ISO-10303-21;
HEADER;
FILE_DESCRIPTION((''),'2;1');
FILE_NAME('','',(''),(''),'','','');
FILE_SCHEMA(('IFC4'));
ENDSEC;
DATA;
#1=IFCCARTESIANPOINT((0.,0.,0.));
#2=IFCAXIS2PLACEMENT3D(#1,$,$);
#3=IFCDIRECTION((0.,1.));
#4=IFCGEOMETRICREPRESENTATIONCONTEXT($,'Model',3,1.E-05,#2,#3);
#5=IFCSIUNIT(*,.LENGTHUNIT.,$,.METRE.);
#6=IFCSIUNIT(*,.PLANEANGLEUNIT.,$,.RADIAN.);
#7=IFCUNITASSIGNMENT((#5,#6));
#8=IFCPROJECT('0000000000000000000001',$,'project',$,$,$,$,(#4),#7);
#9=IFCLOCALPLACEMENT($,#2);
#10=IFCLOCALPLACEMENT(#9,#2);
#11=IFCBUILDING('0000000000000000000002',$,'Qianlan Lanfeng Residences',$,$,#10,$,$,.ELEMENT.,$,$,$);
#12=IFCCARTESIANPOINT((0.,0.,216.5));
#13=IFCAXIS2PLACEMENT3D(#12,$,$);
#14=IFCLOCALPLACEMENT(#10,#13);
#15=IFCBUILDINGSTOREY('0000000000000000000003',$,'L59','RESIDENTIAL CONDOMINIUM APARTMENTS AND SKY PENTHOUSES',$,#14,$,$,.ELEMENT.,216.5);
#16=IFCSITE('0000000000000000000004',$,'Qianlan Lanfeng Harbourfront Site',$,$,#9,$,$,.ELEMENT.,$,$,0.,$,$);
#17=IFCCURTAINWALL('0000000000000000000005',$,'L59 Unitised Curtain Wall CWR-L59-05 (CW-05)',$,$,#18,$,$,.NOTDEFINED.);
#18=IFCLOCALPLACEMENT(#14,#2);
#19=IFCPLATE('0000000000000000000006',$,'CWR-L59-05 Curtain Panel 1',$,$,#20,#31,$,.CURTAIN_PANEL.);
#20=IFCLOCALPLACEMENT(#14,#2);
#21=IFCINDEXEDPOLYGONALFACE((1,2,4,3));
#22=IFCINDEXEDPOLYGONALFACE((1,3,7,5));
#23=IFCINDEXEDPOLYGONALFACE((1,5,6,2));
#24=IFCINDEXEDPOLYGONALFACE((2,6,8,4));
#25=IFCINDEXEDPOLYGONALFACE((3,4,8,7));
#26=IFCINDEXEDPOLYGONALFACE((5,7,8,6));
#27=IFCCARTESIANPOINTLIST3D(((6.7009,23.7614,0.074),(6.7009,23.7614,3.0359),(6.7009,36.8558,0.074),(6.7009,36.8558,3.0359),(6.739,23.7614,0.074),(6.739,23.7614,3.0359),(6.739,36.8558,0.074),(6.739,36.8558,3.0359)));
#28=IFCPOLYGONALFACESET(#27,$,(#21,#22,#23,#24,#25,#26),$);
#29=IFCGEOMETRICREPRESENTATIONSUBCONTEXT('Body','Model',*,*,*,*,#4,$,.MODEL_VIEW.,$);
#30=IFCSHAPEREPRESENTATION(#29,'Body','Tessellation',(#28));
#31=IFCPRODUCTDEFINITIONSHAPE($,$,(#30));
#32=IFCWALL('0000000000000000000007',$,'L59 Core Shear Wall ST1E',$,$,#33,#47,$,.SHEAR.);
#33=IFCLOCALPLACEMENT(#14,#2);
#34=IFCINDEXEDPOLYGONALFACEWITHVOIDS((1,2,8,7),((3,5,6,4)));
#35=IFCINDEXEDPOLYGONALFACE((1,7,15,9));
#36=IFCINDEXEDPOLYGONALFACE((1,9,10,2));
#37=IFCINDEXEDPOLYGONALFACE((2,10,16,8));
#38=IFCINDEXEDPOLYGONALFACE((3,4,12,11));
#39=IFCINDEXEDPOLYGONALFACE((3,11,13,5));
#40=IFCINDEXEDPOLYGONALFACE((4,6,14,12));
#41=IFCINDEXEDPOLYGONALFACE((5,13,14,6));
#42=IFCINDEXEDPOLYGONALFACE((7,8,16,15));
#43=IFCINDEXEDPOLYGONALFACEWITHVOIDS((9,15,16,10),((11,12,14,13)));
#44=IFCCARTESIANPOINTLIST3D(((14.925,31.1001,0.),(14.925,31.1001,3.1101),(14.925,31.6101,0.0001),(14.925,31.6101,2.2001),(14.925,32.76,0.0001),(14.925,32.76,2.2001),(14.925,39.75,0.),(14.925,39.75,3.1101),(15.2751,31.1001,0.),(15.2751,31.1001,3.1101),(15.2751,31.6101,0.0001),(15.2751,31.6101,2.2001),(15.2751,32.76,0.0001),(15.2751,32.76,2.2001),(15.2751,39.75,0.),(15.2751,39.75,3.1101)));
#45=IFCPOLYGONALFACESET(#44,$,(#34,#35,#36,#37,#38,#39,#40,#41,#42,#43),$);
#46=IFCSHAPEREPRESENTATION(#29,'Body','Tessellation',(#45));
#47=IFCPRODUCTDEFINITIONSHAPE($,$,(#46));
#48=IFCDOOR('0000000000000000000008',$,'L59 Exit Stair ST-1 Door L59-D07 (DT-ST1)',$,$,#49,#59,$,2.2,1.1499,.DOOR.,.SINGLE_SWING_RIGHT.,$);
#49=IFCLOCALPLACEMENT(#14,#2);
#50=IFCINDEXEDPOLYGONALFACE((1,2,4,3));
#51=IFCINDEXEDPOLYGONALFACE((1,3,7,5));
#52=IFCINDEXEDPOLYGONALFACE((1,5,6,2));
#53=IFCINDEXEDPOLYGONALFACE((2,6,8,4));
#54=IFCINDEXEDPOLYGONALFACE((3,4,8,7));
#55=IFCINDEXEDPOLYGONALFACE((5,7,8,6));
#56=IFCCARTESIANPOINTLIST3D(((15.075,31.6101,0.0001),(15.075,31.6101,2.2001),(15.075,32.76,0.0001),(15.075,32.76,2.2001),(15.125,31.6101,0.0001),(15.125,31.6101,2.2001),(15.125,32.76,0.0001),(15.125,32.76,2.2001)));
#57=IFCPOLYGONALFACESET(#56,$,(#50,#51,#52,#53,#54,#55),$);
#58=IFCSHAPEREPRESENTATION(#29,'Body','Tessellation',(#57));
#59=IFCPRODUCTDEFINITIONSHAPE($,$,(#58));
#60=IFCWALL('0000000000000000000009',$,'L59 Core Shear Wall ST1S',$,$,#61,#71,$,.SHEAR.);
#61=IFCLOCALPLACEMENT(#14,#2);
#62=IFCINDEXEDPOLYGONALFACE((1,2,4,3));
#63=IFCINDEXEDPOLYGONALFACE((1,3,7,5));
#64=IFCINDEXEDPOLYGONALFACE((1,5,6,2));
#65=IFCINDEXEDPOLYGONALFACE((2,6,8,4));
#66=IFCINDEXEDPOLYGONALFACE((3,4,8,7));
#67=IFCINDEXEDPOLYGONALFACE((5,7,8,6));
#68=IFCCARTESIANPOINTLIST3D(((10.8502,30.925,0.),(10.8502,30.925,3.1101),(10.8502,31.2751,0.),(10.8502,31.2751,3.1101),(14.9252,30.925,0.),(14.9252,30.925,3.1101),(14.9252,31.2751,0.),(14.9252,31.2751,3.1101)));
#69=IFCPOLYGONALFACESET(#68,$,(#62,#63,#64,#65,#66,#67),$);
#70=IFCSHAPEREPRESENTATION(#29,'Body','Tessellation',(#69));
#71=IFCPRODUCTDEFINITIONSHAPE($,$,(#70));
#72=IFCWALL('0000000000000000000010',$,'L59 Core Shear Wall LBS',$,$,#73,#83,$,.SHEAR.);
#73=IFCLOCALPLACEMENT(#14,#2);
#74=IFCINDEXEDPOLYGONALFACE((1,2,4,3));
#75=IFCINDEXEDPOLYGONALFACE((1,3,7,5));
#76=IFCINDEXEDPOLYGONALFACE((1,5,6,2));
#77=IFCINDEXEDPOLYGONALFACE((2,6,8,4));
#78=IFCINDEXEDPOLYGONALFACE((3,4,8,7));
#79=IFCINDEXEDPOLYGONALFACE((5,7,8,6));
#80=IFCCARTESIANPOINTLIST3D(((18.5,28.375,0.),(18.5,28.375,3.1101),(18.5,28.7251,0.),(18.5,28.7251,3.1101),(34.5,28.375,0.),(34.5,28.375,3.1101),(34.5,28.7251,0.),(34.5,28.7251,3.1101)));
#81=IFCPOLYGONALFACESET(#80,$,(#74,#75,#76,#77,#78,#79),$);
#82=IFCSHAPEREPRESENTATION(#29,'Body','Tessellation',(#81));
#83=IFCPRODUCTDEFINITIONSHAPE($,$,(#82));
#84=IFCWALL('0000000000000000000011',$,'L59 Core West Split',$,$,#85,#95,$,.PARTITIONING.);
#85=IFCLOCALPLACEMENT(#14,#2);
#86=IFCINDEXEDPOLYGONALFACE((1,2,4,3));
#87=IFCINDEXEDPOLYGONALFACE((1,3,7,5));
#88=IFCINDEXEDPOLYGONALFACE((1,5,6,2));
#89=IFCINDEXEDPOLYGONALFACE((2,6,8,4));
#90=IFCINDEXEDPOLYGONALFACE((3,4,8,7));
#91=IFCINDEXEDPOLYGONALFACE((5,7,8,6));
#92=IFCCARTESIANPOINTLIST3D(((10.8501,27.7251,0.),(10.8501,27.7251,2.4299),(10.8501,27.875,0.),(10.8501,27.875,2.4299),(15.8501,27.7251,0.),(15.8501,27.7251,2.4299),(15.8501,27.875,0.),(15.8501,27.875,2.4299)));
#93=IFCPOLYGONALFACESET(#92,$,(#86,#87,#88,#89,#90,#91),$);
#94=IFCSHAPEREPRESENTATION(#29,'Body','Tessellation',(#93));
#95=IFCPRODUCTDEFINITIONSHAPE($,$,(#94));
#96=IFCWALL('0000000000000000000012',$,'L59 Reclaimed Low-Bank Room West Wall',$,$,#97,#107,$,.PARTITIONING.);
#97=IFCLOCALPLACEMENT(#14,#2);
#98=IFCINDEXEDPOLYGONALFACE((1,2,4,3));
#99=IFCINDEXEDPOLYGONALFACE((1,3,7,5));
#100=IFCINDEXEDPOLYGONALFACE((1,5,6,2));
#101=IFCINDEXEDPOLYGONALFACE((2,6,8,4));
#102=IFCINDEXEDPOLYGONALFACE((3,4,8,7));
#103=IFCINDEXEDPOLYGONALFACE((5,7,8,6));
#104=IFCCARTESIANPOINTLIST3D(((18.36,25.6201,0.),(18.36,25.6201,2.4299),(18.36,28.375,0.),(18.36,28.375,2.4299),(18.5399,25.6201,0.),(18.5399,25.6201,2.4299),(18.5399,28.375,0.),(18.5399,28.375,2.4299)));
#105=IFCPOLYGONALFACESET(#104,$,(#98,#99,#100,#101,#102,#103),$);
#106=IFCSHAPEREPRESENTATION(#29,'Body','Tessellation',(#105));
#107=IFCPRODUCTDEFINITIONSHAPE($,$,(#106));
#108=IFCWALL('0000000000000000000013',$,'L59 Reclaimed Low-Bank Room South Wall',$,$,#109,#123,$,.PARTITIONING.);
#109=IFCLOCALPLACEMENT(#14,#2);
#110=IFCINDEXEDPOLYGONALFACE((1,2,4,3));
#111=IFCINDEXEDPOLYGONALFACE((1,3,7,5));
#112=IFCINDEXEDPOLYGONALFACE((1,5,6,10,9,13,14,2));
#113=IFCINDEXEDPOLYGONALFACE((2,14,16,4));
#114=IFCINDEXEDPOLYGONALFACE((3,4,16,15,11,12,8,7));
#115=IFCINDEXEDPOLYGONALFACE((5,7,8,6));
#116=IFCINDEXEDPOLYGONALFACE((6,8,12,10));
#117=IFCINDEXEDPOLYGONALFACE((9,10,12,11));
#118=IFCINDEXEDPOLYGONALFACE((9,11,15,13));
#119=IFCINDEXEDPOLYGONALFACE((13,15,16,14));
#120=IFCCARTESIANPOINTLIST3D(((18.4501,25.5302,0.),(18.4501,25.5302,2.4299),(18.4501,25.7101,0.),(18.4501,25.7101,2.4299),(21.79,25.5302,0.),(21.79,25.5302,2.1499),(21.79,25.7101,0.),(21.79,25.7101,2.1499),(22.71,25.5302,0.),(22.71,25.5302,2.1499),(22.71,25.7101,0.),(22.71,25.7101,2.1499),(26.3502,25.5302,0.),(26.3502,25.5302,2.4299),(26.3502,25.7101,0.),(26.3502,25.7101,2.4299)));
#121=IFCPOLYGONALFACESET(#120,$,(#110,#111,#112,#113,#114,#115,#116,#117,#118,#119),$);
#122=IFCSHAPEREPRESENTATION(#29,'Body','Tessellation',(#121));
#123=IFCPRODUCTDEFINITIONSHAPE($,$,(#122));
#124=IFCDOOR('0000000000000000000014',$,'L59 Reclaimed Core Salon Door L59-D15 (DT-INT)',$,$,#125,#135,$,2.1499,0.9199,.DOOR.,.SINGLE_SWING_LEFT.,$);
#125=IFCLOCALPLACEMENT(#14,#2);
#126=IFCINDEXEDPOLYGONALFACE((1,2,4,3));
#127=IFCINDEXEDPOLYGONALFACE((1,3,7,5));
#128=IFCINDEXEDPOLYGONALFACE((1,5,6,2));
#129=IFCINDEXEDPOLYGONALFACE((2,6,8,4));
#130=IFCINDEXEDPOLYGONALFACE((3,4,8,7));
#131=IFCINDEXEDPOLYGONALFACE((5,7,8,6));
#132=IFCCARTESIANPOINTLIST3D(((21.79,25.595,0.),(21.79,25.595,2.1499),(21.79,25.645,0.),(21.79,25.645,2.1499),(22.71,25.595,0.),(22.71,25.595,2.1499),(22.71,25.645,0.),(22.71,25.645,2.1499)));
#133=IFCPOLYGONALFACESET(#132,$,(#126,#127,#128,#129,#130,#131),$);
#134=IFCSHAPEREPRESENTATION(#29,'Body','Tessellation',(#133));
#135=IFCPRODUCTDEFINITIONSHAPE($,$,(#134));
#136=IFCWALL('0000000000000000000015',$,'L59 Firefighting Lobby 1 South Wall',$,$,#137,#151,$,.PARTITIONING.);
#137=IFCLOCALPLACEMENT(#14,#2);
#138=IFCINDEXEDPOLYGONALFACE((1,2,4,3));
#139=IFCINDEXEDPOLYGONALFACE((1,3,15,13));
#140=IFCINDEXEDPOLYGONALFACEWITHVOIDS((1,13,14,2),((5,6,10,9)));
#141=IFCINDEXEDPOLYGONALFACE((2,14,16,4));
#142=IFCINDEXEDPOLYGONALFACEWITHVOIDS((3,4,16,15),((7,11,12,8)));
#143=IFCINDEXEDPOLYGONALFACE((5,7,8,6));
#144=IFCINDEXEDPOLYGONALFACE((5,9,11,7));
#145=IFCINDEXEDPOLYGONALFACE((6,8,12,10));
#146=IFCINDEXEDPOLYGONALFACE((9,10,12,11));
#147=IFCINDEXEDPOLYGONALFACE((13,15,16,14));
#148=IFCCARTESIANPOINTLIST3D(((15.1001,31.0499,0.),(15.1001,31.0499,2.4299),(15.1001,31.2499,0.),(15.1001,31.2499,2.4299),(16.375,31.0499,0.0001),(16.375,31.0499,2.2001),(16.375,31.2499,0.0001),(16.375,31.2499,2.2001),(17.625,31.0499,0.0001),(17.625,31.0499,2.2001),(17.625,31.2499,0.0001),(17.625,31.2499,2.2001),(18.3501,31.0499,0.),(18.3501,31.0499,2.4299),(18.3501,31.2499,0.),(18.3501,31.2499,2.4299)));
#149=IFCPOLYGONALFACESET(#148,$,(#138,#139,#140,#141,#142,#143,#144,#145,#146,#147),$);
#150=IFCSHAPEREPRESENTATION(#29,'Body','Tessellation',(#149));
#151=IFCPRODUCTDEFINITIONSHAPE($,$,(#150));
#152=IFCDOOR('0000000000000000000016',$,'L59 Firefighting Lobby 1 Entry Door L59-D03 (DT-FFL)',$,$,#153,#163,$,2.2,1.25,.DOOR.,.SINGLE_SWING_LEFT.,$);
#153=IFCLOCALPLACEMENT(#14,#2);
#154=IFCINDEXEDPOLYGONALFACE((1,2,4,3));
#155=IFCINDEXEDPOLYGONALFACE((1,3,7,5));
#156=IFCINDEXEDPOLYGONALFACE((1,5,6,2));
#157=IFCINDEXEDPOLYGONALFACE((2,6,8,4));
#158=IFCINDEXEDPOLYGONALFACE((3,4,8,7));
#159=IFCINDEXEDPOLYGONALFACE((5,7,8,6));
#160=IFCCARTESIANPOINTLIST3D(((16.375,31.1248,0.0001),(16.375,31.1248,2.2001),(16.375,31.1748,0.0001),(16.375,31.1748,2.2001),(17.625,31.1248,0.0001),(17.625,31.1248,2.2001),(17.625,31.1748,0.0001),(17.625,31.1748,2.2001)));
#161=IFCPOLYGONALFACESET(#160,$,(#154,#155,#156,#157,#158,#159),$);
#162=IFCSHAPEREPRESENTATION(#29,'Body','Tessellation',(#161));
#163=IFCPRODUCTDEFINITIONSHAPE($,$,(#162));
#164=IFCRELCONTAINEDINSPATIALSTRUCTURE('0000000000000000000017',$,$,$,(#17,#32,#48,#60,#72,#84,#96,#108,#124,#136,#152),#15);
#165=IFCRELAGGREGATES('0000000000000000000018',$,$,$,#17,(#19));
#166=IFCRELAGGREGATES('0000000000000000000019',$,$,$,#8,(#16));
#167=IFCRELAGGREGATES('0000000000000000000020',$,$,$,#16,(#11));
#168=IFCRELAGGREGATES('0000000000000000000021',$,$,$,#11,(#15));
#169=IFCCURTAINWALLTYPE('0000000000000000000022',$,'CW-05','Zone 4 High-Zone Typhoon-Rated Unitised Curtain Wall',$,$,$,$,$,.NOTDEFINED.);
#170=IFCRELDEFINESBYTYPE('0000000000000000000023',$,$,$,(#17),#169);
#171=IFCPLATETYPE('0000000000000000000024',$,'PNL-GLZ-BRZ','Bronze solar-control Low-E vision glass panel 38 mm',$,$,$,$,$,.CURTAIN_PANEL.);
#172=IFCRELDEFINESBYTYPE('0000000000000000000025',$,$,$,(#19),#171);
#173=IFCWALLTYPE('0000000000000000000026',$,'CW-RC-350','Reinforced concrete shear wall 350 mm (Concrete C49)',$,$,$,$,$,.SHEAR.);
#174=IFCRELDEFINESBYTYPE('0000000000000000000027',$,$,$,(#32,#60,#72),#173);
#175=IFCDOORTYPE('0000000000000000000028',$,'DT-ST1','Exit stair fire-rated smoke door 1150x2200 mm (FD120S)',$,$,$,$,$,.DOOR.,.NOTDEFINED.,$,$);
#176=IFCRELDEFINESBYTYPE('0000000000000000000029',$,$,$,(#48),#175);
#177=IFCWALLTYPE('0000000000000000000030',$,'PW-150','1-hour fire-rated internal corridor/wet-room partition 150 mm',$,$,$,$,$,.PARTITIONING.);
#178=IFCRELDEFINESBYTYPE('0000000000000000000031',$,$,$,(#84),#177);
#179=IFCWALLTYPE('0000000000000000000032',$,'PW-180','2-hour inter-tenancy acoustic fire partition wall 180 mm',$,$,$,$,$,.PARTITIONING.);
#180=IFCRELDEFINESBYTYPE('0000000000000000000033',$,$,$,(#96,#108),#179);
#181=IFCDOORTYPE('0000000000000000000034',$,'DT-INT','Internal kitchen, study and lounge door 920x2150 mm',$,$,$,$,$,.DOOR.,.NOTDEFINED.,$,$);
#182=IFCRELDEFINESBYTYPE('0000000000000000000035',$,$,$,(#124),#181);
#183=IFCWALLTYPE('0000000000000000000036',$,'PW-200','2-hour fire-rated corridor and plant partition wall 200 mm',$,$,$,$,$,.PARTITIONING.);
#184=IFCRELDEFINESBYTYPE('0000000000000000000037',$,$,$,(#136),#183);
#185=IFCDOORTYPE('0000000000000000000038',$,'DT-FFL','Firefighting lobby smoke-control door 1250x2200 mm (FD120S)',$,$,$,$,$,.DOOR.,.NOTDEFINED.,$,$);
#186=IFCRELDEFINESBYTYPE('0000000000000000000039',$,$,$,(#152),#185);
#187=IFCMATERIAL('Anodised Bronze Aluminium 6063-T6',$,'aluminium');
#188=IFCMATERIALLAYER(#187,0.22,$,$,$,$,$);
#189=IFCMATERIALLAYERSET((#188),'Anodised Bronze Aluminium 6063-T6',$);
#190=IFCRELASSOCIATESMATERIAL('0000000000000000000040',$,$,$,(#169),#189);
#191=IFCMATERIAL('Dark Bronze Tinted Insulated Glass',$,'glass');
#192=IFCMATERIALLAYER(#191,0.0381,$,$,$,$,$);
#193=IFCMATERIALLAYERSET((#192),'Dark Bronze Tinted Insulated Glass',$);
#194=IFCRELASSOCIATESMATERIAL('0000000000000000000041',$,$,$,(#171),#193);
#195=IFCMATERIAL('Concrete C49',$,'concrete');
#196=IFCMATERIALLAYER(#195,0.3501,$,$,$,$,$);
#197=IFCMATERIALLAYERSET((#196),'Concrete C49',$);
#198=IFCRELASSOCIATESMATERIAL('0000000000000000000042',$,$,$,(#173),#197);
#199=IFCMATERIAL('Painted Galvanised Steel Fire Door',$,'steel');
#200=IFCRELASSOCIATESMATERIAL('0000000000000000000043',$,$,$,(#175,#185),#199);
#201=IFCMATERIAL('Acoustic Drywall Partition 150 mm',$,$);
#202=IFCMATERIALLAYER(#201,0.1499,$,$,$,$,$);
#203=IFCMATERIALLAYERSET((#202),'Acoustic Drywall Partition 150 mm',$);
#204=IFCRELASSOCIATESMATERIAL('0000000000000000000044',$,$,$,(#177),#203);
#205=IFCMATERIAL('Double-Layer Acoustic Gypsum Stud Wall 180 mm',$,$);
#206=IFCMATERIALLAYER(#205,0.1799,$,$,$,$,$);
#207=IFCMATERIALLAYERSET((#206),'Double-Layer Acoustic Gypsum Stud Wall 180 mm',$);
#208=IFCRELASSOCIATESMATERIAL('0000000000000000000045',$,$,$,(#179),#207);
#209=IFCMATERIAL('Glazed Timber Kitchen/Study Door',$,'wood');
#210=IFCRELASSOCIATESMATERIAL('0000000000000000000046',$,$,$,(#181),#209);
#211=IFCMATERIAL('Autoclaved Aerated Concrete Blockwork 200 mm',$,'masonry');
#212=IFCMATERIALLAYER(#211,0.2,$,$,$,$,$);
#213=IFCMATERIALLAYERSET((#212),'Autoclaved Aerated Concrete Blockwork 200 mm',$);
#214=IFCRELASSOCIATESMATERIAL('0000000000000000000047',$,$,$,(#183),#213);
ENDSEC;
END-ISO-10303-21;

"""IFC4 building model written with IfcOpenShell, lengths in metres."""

from ifc_helpers import new_model, si_unit, direction, frame, frame_2d, origin, origin_2d, place, context, subcontext, project, spatial, rectangle, extrude, source, transform, mapped, material, layer, layer_set, type_object, element, fill, aggregate, save


model = new_model("IFC4")

# Units and contexts
model_context = context("Model", 3, precision=1e-05, world=origin(), true_north=direction((0.0, 1.0)))
body_context = subcontext(model_context, "Body", "Model", "MODEL_VIEW")
ifc_project = project(units=[si_unit("LENGTHUNIT", "METRE"), si_unit("PLANEANGLEUNIT", "RADIAN")], contexts=[model_context])

# Site, building, storey
site_placement = place(None, origin())
site = spatial("IfcSite", under=ifc_project, at=site_placement, Name="Qianlan Lanfeng Harbourfront Site", CompositionType="ELEMENT", RefElevation=0.0)
building_placement = place(site_placement, origin())
building = spatial("IfcBuilding", under=site, at=building_placement, Name="Qianlan Lanfeng Residences", CompositionType="ELEMENT")
storey_placement = place(building_placement, frame((0.0, 0.0, 216.5)))
storey = spatial("IfcBuildingStorey", under=building, at=storey_placement, Name="L59", Description="RESIDENTIAL CONDOMINIUM APARTMENTS AND SKY PENTHOUSES", CompositionType="ELEMENT", Elevation=216.5)

# Curtain wall, plate
ifc_material_1 = material(Name="Anodised Bronze Aluminium 6063-T6", Category="aluminium")
ifc_layer_1 = layer(ifc_material_1, 0.22)
ifc_layer_set_1 = layer_set([ifc_layer_1], Name="Anodised Bronze Aluminium 6063-T6")
curtain_wall_type = type_object("IfcCurtainWallType", Name="CW-05", Description="Zone 4 High-Zone Typhoon-Rated Unitised Curtain Wall", PredefinedType="NOTDEFINED", material=ifc_layer_set_1)
curtain_wall_placement = place(storey_placement, origin())
curtain_wall = element("IfcCurtainWall", 1, at=curtain_wall_placement, inside=storey, type_object=curtain_wall_type, Name="L59 Unitised Curtain Wall CWR-L59-05 (CW-05)", PredefinedType="NOTDEFINED")
ifc_material_2 = material(Name="Dark Bronze Tinted Insulated Glass", Category="glass")
ifc_layer_2 = layer(ifc_material_2, 0.0381)
ifc_layer_set_2 = layer_set([ifc_layer_2], Name="Dark Bronze Tinted Insulated Glass")
plate_type = type_object("IfcPlateType", Name="PNL-GLZ-BRZ", Description="Bronze solar-control Low-E vision glass panel 38 mm", PredefinedType="CURTAIN_PANEL", material=ifc_layer_set_2)
shared_shape_1 = source(origin(), body_context, "Body", "SweptSolid", [
    extrude(rectangle(XDim=13.0945, YDim=0.0381, at=origin_2d()), origin(), (0.0, 0.0, 1.0), 2.9619),
])
plate_placement = place(storey_placement, frame((6.72, 30.3086, 0.074), z_axis=(0.0, 0.0, 1.0), x_axis=(0.0, -1.0, 0.0)))
plate = element("IfcPlate", 2, at=plate_placement, type_object=plate_type, Name="CWR-L59-05 Curtain Panel 1", PredefinedType="CURTAIN_PANEL", context=body_context, shape_type="MappedRepresentation", body=[
    mapped(shared_shape_1, transform((0.0, 0.0, 0.0), scale=1.0)),
])
aggregate(curtain_wall, [plate])

# Wall, opening, door
ifc_material_3 = material(Name="Concrete C49", Category="concrete")
ifc_layer_3 = layer(ifc_material_3, 0.3501)
ifc_layer_set_3 = layer_set([ifc_layer_3], Name="Concrete C49")
wall_type_1 = type_object("IfcWallType", Name="CW-RC-350", Description="Reinforced concrete shear wall 350 mm (Concrete C49)", PredefinedType="SHEAR", material=ifc_layer_set_3)
wall_1_placement = place(storey_placement, frame((15.1001, 31.1001, 0.0), z_axis=(0.0, 0.0, 1.0), x_axis=(0.0, 1.0, 0.0)))
wall_1 = element("IfcWall", 3, at=wall_1_placement, inside=storey, type_object=wall_type_1, Name="L59 Core Shear Wall ST1E", PredefinedType="SHEAR", context=body_context, shape_type="SweptSolid", body=[
    extrude(rectangle(XDim=8.6499, YDim=0.3501, at=frame_2d((4.325, 0.0))), origin(), (0.0, 0.0, 1.0), 3.1101),
])
opening_1_placement = place(wall_1_placement, frame((0.51, 0.0, 0.0)))
opening_1 = element("IfcOpeningElement", 4, at=opening_1_placement, cuts=wall_1, PredefinedType="OPENING", context=body_context, shape_type="SweptSolid", body=[
    extrude(rectangle(XDim=1.1499, YDim=2.2, at=frame_2d((0.575, 1.1001))), frame((0.0, 0.1851, 0.0), z_axis=(0.0, -1.0, 0.0), x_axis=(1.0, 0.0, 0.0)), (0.0, 0.0, 1.0), 0.3701),
])
ifc_material_4 = material(Name="Painted Galvanised Steel Fire Door", Category="steel")
door_type_1 = type_object("IfcDoorType", Name="DT-ST1", Description="Exit stair fire-rated smoke door 1150x2200 mm (FD120S)", OperationType="NOTDEFINED", PredefinedType="DOOR", material=ifc_material_4)
door_1_placement = place(opening_1_placement, frame((1.1499, 0.0, 0.0), z_axis=(0.0, 0.0, 1.0), x_axis=(-1.0, 0.0, 0.0)))
door_1 = element("IfcDoor", 5, at=door_1_placement, inside=storey, type_object=door_type_1, Name="L59 Exit Stair ST-1 Door L59-D07 (DT-ST1)", OperationType="SINGLE_SWING_RIGHT", OverallHeight=2.2, OverallWidth=1.1499, PredefinedType="DOOR", context=body_context, shape_type="SweptSolid", body=[
    extrude(rectangle(XDim=1.1499, YDim=2.2, at=frame_2d((0.575, 1.1001))), frame((0.0, 0.0249, 0.0), z_axis=(0.0, -1.0, 0.0), x_axis=(1.0, 0.0, 0.0)), (0.0, 0.0, 1.0), 0.05),
])
fill(opening_1, door_1)

# Walls
wall_2_placement = place(storey_placement, frame((10.8501, 31.1001, 0.0), z_axis=(0.0, 0.0, 1.0), x_axis=(1.0, 0.0, 0.0)))
element("IfcWall", 6, at=wall_2_placement, inside=storey, type_object=wall_type_1, Name="L59 Core Shear Wall ST1S", PredefinedType="SHEAR", context=body_context, shape_type="SweptSolid", body=[
    extrude(rectangle(XDim=4.075, YDim=0.3501, at=frame_2d((2.0376, 0.0))), origin(), (0.0, 0.0, 1.0), 3.1101),
])
wall_3_placement = place(storey_placement, frame((18.5, 28.55, 0.0), z_axis=(0.0, 0.0, 1.0), x_axis=(1.0, 0.0, 0.0)))
element("IfcWall", 7, at=wall_3_placement, inside=storey, type_object=wall_type_1, Name="L59 Core Shear Wall LBS", PredefinedType="SHEAR", context=body_context, shape_type="SweptSolid", body=[
    extrude(rectangle(XDim=16.0, YDim=0.3501, at=frame_2d((8.0, 0.0))), origin(), (0.0, 0.0, 1.0), 3.1101),
])
ifc_material_5 = material(Name="Acoustic Drywall Partition 150 mm")
ifc_layer_4 = layer(ifc_material_5, 0.1499)
ifc_layer_set_4 = layer_set([ifc_layer_4], Name="Acoustic Drywall Partition 150 mm")
wall_type_2 = type_object("IfcWallType", Name="PW-150", Description="1-hour fire-rated internal corridor/wet-room partition 150 mm", PredefinedType="PARTITIONING", material=ifc_layer_set_4)
wall_4_placement = place(storey_placement, frame((10.8501, 27.8, 0.0), z_axis=(0.0, 0.0, 1.0), x_axis=(1.0, 0.0, 0.0)))
element("IfcWall", 8, at=wall_4_placement, inside=storey, type_object=wall_type_2, Name="L59 Core West Split", PredefinedType="PARTITIONING", context=body_context, shape_type="SweptSolid", body=[
    extrude(rectangle(XDim=5.0, YDim=0.1499, at=frame_2d((2.5, 0.0))), origin(), (0.0, 0.0, 1.0), 2.4299),
])
ifc_material_6 = material(Name="Double-Layer Acoustic Gypsum Stud Wall 180 mm")
ifc_layer_5 = layer(ifc_material_6, 0.1799)
ifc_layer_set_5 = layer_set([ifc_layer_5], Name="Double-Layer Acoustic Gypsum Stud Wall 180 mm")
wall_type_3 = type_object("IfcWallType", Name="PW-180", Description="2-hour inter-tenancy acoustic fire partition wall 180 mm", PredefinedType="PARTITIONING", material=ifc_layer_set_5)
wall_5_placement = place(storey_placement, frame((18.45, 25.6201, 0.0), z_axis=(0.0, 0.0, 1.0), x_axis=(0.0, 1.0, 0.0)))
element("IfcWall", 9, at=wall_5_placement, inside=storey, type_object=wall_type_3, Name="L59 Reclaimed Low-Bank Room West Wall", PredefinedType="PARTITIONING", context=body_context, shape_type="SweptSolid", body=[
    extrude(rectangle(XDim=2.7549, YDim=0.1799, at=frame_2d((1.3774, 0.0))), origin(), (0.0, 0.0, 1.0), 2.4299),
])

# Walls, openings, doors
wall_6_placement = place(storey_placement, frame((18.45, 25.6201, 0.0), z_axis=(0.0, 0.0, 1.0), x_axis=(1.0, 0.0, 0.0)))
wall_6 = element("IfcWall", 10, at=wall_6_placement, inside=storey, type_object=wall_type_3, Name="L59 Reclaimed Low-Bank Room South Wall", PredefinedType="PARTITIONING", context=body_context, shape_type="SweptSolid", body=[
    extrude(rectangle(XDim=7.9001, YDim=0.1799, at=frame_2d((3.9502, 0.0))), origin(), (0.0, 0.0, 1.0), 2.4299),
])
opening_2_placement = place(wall_6_placement, frame((3.3401, 0.0, 0.0)))
opening_2 = element("IfcOpeningElement", 11, at=opening_2_placement, cuts=wall_6, PredefinedType="OPENING", context=body_context, shape_type="SweptSolid", body=[
    extrude(rectangle(XDim=0.9199, YDim=2.1499, at=frame_2d((0.46, 1.075))), frame((0.0, 0.1001, 0.0), z_axis=(0.0, -1.0, 0.0), x_axis=(1.0, 0.0, 0.0)), (0.0, 0.0, 1.0), 0.2),
])
ifc_material_7 = material(Name="Glazed Timber Kitchen/Study Door", Category="wood")
door_type_2 = type_object("IfcDoorType", Name="DT-INT", Description="Internal kitchen, study and lounge door 920x2150 mm", OperationType="NOTDEFINED", PredefinedType="DOOR", material=ifc_material_7)
door_2_placement = place(opening_2_placement, origin())
door_2 = element("IfcDoor", 12, at=door_2_placement, inside=storey, type_object=door_type_2, Name="L59 Reclaimed Core Salon Door L59-D15 (DT-INT)", OperationType="SINGLE_SWING_LEFT", OverallHeight=2.1499, OverallWidth=0.9199, PredefinedType="DOOR", context=body_context, shape_type="SweptSolid", body=[
    extrude(rectangle(XDim=0.9199, YDim=2.1499, at=frame_2d((0.46, 1.075))), frame((0.0, 0.0249, 0.0), z_axis=(0.0, -1.0, 0.0), x_axis=(1.0, 0.0, 0.0)), (0.0, 0.0, 1.0), 0.05),
])
fill(opening_2, door_2)
ifc_material_8 = material(Name="Autoclaved Aerated Concrete Blockwork 200 mm", Category="masonry")
ifc_layer_6 = layer(ifc_material_8, 0.2)
ifc_layer_set_6 = layer_set([ifc_layer_6], Name="Autoclaved Aerated Concrete Blockwork 200 mm")
wall_type_4 = type_object("IfcWallType", Name="PW-200", Description="2-hour fire-rated corridor and plant partition wall 200 mm", PredefinedType="PARTITIONING", material=ifc_layer_set_6)
wall_7_placement = place(storey_placement, frame((15.1001, 31.1499, 0.0), z_axis=(0.0, 0.0, 1.0), x_axis=(1.0, 0.0, 0.0)))
wall_7 = element("IfcWall", 13, at=wall_7_placement, inside=storey, type_object=wall_type_4, Name="L59 Firefighting Lobby 1 South Wall", PredefinedType="PARTITIONING", context=body_context, shape_type="SweptSolid", body=[
    extrude(rectangle(XDim=3.25, YDim=0.2, at=frame_2d((1.625, 0.0))), origin(), (0.0, 0.0, 1.0), 2.4299),
])
opening_3_placement = place(wall_7_placement, frame((1.2749, 0.0, 0.0)))
opening_3 = element("IfcOpeningElement", 14, at=opening_3_placement, cuts=wall_7, PredefinedType="OPENING", context=body_context, shape_type="SweptSolid", body=[
    extrude(rectangle(XDim=1.25, YDim=2.2, at=frame_2d((0.625, 1.1001))), frame((0.0, 0.1099, 0.0), z_axis=(0.0, -1.0, 0.0), x_axis=(1.0, 0.0, 0.0)), (0.0, 0.0, 1.0), 0.22),
])
door_type_3 = type_object("IfcDoorType", Name="DT-FFL", Description="Firefighting lobby smoke-control door 1250x2200 mm (FD120S)", OperationType="NOTDEFINED", PredefinedType="DOOR", material=ifc_material_4)
door_3_placement = place(opening_3_placement, origin())
door_3 = element("IfcDoor", 15, at=door_3_placement, inside=storey, type_object=door_type_3, Name="L59 Firefighting Lobby 1 Entry Door L59-D03 (DT-FFL)", OperationType="SINGLE_SWING_LEFT", OverallHeight=2.2, OverallWidth=1.25, PredefinedType="DOOR", context=body_context, shape_type="SweptSolid", body=[
    extrude(rectangle(XDim=1.25, YDim=2.2, at=frame_2d((0.625, 1.1001))), frame((0.0, 0.0249, 0.0), z_axis=(0.0, -1.0, 0.0), x_axis=(1.0, 0.0, 0.0)), (0.0, 0.0, 1.0), 0.05),
])
fill(opening_3, door_3)

save(model, "model.ifc")
